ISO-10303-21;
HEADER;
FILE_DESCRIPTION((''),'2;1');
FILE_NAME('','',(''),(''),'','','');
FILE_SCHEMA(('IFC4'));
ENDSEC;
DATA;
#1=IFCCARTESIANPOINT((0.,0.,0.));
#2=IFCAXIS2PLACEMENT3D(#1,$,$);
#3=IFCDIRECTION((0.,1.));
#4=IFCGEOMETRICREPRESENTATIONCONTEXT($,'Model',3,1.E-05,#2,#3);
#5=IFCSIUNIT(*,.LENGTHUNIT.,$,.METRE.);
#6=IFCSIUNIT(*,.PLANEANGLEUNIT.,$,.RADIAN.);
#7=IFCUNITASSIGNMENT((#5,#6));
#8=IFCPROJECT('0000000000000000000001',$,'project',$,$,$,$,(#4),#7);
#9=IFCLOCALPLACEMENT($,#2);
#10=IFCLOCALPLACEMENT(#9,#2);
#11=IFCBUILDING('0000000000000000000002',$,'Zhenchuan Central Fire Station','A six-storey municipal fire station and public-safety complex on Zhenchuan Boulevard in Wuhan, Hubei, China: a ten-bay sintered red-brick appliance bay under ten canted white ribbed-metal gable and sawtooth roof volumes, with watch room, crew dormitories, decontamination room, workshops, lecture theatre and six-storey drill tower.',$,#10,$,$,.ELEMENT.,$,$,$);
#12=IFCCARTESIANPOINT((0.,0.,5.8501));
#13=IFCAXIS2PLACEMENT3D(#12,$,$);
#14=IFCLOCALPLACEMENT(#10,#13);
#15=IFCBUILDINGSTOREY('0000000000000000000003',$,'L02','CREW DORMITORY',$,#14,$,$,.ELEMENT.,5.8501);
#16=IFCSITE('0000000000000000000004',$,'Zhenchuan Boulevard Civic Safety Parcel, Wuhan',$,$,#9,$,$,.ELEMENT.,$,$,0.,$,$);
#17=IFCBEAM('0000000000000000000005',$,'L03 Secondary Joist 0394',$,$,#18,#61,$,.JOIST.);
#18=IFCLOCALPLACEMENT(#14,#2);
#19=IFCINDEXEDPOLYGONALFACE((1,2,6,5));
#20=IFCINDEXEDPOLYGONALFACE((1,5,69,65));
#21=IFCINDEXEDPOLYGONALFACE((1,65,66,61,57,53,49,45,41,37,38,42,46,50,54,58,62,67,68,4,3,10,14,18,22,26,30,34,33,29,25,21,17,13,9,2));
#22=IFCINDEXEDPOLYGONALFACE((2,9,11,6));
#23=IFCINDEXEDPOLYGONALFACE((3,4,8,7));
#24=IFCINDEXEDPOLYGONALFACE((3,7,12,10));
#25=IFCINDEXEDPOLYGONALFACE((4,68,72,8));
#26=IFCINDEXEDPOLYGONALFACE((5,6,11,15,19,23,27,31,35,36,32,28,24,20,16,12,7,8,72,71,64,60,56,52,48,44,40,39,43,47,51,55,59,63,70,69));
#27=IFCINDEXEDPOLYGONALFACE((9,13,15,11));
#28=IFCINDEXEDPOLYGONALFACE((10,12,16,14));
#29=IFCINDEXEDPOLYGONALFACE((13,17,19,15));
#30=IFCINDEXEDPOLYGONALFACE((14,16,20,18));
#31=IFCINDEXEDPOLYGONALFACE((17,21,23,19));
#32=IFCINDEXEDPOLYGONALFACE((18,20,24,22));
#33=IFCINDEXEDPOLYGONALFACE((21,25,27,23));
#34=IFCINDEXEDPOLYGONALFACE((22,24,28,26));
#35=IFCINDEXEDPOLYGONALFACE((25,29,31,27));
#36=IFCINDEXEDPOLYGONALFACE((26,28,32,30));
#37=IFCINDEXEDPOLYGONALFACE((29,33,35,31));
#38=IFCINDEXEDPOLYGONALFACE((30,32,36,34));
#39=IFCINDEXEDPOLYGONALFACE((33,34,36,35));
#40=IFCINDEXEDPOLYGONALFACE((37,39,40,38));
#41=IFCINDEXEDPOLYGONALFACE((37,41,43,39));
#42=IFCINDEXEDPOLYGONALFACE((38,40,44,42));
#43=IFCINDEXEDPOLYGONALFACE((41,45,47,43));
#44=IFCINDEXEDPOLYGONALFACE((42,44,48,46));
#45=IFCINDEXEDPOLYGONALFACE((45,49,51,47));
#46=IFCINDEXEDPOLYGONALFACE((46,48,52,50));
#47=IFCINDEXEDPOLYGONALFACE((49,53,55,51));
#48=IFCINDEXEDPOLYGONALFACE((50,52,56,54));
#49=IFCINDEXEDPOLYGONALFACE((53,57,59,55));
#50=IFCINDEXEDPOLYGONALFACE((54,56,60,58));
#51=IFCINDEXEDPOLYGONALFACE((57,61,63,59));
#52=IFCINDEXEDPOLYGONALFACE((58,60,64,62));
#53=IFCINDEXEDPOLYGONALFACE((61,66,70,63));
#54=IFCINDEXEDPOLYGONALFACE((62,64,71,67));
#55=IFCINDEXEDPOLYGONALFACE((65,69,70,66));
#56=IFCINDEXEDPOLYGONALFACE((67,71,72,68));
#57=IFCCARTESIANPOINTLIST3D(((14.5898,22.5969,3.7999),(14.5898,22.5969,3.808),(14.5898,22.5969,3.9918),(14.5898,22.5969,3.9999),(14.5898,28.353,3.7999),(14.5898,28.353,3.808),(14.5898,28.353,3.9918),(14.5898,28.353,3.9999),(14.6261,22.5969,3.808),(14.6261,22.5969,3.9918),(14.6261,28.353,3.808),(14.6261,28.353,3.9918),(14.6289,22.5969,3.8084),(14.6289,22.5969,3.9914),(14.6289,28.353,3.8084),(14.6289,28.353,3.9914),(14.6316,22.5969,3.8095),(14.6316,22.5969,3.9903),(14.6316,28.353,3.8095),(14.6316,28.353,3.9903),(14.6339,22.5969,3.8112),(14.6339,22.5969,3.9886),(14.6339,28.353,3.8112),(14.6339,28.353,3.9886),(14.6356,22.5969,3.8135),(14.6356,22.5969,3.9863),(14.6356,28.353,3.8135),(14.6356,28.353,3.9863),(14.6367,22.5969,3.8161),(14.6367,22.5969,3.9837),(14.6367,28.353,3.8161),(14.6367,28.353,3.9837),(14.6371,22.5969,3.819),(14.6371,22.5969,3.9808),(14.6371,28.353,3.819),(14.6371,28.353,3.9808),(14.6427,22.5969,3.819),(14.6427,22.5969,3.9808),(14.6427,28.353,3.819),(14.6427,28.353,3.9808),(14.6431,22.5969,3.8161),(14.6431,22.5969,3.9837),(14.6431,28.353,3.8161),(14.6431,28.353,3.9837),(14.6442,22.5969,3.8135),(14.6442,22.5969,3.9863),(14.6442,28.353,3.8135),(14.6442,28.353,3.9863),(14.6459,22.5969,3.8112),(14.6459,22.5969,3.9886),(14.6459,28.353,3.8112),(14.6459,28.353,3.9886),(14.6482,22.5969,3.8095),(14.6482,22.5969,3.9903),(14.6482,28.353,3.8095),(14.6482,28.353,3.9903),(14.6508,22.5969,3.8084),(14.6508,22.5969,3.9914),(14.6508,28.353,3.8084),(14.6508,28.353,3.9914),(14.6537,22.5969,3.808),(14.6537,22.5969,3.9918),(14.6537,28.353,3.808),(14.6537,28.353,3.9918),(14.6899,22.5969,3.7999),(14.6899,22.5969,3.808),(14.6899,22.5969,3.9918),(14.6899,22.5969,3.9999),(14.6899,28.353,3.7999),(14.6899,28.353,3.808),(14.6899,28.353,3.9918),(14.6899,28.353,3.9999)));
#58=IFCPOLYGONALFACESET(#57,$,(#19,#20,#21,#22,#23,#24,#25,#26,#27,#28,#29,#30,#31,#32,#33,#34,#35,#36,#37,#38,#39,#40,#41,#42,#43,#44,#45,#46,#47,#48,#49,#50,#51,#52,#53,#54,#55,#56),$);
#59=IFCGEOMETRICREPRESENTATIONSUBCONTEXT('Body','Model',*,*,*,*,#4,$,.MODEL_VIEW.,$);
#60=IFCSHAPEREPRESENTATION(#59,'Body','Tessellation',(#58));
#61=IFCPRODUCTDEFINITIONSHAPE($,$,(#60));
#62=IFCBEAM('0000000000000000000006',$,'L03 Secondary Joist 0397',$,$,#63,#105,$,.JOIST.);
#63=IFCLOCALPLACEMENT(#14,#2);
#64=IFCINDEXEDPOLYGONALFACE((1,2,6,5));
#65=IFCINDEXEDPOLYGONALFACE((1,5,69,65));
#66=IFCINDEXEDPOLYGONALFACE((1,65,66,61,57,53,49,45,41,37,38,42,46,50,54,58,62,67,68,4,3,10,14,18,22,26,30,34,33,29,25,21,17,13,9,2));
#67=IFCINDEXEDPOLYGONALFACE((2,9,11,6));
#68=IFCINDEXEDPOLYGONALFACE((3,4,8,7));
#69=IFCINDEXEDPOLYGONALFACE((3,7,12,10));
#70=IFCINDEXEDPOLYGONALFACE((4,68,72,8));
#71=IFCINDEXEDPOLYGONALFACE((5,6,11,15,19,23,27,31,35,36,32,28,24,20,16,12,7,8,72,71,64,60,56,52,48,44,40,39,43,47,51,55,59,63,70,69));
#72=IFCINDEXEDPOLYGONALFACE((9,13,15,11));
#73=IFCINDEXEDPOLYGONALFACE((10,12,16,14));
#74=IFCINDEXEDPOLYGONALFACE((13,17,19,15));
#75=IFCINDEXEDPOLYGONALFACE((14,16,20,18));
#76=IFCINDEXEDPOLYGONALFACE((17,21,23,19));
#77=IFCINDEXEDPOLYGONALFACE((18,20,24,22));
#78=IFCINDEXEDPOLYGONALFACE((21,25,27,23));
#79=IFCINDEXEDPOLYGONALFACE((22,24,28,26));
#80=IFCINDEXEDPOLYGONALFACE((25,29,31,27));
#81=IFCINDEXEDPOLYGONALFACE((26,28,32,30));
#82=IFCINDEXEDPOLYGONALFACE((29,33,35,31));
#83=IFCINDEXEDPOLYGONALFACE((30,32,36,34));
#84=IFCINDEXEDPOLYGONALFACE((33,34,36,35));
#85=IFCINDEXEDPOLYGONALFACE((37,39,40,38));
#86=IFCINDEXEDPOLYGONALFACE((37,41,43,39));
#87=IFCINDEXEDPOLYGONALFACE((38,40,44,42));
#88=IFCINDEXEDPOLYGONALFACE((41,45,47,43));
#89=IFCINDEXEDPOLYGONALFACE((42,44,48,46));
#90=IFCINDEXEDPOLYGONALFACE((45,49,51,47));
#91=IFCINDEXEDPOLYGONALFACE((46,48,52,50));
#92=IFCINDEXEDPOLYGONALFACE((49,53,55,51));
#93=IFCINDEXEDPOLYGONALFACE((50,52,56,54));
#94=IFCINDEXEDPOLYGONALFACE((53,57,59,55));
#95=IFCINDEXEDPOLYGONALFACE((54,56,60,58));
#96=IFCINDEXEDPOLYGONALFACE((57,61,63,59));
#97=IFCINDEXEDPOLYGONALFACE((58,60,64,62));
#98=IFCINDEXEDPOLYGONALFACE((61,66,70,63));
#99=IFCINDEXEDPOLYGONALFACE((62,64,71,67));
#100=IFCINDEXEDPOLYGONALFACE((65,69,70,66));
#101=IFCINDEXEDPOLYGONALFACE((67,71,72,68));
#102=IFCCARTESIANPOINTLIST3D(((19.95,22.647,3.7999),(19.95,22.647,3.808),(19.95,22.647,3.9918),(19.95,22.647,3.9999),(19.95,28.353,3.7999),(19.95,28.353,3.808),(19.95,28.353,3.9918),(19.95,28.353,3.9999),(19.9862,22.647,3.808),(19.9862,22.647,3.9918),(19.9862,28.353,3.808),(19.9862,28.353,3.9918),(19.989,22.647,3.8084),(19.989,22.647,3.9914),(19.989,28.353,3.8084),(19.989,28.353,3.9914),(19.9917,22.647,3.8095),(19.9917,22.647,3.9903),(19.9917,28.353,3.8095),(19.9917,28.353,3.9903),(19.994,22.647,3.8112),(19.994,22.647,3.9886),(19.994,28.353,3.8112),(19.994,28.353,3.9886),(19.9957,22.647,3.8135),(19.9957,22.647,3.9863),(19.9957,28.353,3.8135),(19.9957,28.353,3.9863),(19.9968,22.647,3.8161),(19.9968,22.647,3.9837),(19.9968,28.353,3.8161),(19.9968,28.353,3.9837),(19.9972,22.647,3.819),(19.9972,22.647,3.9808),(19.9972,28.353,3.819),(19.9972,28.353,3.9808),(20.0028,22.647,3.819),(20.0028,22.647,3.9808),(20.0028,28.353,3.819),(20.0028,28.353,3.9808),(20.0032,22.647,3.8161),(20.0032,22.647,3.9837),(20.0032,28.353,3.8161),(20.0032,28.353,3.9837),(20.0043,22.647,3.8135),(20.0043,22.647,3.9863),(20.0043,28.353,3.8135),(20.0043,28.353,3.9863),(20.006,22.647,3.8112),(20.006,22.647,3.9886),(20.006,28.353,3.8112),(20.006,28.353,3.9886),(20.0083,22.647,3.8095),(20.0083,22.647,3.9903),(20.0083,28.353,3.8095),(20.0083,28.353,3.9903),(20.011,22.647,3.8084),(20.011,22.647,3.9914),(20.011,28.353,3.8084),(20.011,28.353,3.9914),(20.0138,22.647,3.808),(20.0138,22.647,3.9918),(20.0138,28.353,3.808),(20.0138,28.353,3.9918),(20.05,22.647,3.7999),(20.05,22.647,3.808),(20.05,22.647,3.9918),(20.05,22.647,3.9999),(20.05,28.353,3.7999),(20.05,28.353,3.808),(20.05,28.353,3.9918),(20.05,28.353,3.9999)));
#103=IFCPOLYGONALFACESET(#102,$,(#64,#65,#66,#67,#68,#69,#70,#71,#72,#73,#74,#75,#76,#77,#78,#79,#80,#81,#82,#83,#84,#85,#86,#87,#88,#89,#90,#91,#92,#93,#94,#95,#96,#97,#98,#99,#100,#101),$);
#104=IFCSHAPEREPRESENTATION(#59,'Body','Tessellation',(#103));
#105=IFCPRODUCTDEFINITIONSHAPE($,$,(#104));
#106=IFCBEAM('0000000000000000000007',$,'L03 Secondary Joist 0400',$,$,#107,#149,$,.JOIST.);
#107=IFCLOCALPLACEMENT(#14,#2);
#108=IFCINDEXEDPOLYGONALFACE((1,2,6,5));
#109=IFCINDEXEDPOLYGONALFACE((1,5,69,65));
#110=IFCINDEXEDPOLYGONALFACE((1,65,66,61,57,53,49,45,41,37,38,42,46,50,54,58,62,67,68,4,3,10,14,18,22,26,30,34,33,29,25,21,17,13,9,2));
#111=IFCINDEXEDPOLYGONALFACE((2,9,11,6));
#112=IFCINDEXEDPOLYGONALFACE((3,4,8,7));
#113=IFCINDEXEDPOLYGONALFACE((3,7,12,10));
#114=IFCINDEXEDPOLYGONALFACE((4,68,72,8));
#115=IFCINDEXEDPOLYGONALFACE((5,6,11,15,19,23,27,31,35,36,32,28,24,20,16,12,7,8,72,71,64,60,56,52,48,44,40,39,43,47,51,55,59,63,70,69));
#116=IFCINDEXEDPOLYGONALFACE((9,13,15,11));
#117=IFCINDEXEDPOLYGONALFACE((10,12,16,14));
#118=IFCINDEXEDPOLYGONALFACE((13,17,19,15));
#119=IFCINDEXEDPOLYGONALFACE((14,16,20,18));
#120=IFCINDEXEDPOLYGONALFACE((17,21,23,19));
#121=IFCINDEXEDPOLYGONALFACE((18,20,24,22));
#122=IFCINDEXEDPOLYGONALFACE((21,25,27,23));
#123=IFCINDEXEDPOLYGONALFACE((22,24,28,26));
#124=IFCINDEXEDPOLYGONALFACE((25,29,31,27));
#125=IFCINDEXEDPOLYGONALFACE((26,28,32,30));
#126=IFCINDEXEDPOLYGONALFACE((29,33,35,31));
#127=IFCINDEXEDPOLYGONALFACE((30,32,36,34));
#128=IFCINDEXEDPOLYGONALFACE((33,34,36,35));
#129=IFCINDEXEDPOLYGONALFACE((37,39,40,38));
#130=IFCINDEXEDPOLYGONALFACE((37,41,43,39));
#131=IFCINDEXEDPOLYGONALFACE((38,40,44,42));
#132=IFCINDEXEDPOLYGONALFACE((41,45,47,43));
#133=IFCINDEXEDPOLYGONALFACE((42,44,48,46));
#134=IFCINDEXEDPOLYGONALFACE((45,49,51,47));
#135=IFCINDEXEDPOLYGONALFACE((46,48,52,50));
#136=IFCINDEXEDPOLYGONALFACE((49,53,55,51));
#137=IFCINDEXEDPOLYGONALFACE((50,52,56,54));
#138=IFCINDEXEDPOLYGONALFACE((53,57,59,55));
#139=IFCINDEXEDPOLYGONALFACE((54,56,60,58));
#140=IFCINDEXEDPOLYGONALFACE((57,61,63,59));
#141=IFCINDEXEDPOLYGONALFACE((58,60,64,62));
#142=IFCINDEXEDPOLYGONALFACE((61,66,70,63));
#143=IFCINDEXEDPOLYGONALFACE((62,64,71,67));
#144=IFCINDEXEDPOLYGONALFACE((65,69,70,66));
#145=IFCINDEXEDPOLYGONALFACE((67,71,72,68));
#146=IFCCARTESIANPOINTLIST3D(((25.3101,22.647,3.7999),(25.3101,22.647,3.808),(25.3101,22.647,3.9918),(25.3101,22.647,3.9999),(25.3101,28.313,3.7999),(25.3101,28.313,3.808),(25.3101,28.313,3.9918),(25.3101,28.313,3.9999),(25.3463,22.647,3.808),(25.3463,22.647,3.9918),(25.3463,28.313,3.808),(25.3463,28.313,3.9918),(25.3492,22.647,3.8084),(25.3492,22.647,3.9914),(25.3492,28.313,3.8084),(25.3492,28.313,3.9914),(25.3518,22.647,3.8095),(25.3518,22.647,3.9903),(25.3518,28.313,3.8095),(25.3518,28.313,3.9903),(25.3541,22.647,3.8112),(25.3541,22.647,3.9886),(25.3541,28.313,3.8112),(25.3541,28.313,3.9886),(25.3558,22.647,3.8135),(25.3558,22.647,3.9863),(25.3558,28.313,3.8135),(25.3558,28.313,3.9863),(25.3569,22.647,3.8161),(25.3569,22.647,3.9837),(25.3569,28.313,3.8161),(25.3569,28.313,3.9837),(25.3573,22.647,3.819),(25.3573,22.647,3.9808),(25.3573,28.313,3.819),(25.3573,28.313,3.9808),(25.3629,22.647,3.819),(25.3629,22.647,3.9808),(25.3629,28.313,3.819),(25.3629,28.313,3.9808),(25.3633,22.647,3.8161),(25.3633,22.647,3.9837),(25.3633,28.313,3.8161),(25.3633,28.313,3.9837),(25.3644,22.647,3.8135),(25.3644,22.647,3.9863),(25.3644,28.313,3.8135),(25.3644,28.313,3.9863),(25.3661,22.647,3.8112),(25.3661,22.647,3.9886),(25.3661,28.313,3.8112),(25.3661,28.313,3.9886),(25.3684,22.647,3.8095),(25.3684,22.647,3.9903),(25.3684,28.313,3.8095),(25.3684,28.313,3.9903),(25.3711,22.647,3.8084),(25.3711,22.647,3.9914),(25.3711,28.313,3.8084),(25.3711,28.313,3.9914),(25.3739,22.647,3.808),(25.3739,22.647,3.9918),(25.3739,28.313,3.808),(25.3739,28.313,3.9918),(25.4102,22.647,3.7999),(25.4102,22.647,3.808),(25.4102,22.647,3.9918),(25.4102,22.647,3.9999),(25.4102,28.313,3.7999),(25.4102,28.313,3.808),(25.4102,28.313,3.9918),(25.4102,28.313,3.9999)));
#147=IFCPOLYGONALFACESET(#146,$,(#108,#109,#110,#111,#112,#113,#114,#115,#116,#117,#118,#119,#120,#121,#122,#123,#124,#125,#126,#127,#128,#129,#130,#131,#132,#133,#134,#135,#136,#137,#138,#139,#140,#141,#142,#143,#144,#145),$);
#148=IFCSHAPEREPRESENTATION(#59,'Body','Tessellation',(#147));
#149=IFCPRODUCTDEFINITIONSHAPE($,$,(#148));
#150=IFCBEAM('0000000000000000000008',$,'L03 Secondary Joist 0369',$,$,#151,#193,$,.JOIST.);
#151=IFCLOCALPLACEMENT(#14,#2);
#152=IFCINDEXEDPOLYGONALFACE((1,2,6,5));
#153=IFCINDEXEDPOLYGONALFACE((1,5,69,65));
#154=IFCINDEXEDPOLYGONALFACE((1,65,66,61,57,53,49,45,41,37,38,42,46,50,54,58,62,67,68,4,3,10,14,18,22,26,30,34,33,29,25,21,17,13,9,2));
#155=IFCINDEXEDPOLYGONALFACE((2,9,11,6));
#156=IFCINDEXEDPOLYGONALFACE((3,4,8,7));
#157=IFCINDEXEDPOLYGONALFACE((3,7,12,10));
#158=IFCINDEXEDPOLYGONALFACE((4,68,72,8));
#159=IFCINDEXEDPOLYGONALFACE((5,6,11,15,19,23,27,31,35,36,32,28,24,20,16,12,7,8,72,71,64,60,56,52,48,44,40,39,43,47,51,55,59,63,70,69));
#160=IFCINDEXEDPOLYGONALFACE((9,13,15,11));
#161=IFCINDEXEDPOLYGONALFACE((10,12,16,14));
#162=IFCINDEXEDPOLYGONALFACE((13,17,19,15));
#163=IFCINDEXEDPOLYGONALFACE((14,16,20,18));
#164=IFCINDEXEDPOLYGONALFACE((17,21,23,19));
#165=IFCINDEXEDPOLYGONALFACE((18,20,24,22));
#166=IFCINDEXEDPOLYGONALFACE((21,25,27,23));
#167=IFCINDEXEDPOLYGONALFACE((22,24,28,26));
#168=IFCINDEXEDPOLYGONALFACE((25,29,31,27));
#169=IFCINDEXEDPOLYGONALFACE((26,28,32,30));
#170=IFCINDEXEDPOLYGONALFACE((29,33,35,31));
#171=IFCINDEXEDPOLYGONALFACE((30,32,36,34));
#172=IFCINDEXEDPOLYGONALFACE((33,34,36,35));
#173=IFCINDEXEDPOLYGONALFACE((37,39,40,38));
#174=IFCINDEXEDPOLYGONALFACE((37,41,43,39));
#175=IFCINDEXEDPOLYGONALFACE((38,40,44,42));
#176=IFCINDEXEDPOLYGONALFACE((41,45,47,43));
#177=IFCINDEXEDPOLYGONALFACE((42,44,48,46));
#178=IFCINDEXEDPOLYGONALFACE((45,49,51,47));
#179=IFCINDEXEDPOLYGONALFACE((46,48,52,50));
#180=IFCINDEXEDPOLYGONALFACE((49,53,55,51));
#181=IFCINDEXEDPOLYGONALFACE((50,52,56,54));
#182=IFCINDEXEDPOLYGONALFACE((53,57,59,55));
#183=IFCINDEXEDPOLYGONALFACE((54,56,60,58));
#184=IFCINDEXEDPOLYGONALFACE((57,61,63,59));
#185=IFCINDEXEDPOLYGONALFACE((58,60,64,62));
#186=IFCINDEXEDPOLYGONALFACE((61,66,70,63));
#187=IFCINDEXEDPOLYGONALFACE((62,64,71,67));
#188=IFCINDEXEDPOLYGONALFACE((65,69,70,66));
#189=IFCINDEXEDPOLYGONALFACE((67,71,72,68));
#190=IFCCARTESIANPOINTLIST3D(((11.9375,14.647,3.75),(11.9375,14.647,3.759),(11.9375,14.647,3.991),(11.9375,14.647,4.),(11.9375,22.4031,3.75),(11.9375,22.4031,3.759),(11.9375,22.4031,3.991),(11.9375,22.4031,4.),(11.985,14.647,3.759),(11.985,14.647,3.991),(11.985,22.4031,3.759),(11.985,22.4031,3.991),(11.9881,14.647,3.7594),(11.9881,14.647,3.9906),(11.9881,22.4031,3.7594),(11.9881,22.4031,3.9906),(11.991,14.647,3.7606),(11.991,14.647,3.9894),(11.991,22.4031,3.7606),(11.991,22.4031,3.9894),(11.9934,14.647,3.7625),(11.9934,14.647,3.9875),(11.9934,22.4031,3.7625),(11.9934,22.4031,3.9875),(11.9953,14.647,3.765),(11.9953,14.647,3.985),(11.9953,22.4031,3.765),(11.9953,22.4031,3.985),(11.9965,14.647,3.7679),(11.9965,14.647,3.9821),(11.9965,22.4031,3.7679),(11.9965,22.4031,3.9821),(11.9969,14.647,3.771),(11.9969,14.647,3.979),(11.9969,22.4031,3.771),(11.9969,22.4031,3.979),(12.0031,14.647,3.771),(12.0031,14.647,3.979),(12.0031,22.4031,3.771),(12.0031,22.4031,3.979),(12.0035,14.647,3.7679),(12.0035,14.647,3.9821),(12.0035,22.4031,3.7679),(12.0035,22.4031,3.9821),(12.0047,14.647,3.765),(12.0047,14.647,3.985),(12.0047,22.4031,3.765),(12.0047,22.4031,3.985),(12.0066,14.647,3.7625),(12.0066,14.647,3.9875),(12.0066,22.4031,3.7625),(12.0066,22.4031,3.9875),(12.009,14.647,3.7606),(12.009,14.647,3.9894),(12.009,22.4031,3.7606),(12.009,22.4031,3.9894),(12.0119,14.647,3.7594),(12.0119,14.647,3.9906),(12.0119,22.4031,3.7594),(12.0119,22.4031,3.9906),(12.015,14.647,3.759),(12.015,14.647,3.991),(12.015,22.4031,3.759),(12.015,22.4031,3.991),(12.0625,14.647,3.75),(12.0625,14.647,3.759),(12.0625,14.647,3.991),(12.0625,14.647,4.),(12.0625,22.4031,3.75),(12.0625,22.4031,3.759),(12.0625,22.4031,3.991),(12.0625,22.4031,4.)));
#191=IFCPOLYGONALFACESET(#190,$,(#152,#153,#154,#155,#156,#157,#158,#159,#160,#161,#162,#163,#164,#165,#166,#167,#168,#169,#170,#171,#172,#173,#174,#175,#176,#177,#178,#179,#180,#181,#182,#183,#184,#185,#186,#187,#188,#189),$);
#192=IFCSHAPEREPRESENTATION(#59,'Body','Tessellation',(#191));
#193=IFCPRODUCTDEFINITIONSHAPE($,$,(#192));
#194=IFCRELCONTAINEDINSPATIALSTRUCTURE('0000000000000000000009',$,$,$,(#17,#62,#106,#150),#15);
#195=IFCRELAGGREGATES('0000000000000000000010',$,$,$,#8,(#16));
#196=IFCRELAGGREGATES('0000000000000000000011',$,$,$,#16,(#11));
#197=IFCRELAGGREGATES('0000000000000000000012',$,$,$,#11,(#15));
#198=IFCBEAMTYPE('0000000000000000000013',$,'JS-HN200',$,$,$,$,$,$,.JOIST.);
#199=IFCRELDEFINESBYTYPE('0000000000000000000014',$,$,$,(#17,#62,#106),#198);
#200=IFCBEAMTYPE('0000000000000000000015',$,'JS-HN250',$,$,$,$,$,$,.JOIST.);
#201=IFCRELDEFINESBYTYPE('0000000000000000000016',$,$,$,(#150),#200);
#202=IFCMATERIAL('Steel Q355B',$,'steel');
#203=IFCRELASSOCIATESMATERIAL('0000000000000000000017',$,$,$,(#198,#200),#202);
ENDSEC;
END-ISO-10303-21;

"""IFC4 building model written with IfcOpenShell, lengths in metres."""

from ifc_helpers import new_model, si_unit, direction, frame, origin, origin_2d, place, context, subcontext, project, spatial, i_section, extrude, material, material_profile, profile_set, type_object, element, save


model = new_model("IFC4")

# Units and contexts
model_context = context("Model", 3, precision=1e-05, world=origin(), true_north=direction((0.0, 1.0)))
body_context = subcontext(model_context, "Body", "Model", "MODEL_VIEW")
ifc_project = project(units=[si_unit("LENGTHUNIT", "METRE"), si_unit("PLANEANGLEUNIT", "RADIAN")], contexts=[model_context])

# Site, building, storey
site_placement = place(None, origin())
site = spatial("IfcSite", under=ifc_project, at=site_placement, Name="Zhenchuan Boulevard Civic Safety Parcel, Wuhan", CompositionType="ELEMENT", RefElevation=0.0)
building_placement = place(site_placement, origin())
building = spatial("IfcBuilding", under=site, at=building_placement, Name="Zhenchuan Central Fire Station", Description="A six-storey municipal fire station and public-safety complex on Zhenchuan Boulevard in Wuhan, Hubei, China: a ten-bay sintered red-brick appliance bay under ten canted white ribbed-metal gable and sawtooth roof volumes, with watch room, crew dormitories, decontamination room, workshops, lecture theatre and six-storey drill tower.", CompositionType="ELEMENT")
storey_placement = place(building_placement, frame((0.0, 0.0, 5.8501)))
storey = spatial("IfcBuildingStorey", under=building, at=storey_placement, Name="L02", Description="CREW DORMITORY", CompositionType="ELEMENT", Elevation=5.8501)

# Shared definitions
ifc_material_1 = material(Name="Steel Q355B", Category="steel")

# Beams
ifc_material_profile_1 = material_profile(ifc_material_1, i_section(OverallWidth=0.1001, OverallDepth=0.2, WebThickness=0.0056, FlangeThickness=0.0081, FilletRadius=0.011, at=origin_2d()), Name="HN 200x100")
ifc_profile_set_1 = profile_set([ifc_material_profile_1], Name="Steel Q355B")
beam_type_1 = type_object("IfcBeamType", Name="JS-HN200", PredefinedType="JOIST", material=ifc_profile_set_1)
beam_1_placement = place(storey_placement, frame((14.6399, 22.5969, 3.8999), z_axis=(0.0, 1.0, 0.0), x_axis=(-1.0, 0.0, 0.0)))
element("IfcBeam", 1, at=beam_1_placement, inside=storey, type_object=beam_type_1, Name="L03 Secondary Joist 0394", PredefinedType="JOIST", context=body_context, shape_type="SweptSolid", body=[
    extrude(i_section(OverallWidth=0.1001, OverallDepth=0.2, WebThickness=0.0056, FlangeThickness=0.0081, FilletRadius=0.011, at=origin_2d()), origin(), (0.0, 0.0, 1.0), 5.7561),
])
beam_2_placement = place(storey_placement, frame((20.0, 22.647, 3.8999), z_axis=(0.0, 1.0, 0.0), x_axis=(-1.0, 0.0, 0.0)))
element("IfcBeam", 2, at=beam_2_placement, inside=storey, type_object=beam_type_1, Name="L03 Secondary Joist 0397", PredefinedType="JOIST", context=body_context, shape_type="SweptSolid", body=[
    extrude(i_section(OverallWidth=0.1001, OverallDepth=0.2, WebThickness=0.0056, FlangeThickness=0.0081, FilletRadius=0.011, at=origin_2d()), origin(), (0.0, 0.0, 1.0), 5.7061),
])
beam_3_placement = place(storey_placement, frame((25.3601, 22.647, 3.8999), z_axis=(0.0, 1.0, 0.0), x_axis=(-1.0, 0.0, 0.0)))
element("IfcBeam", 3, at=beam_3_placement, inside=storey, type_object=beam_type_1, Name="L03 Secondary Joist 0400", PredefinedType="JOIST", context=body_context, shape_type="SweptSolid", body=[
    extrude(i_section(OverallWidth=0.1001, OverallDepth=0.2, WebThickness=0.0056, FlangeThickness=0.0081, FilletRadius=0.011, at=origin_2d()), origin(), (0.0, 0.0, 1.0), 5.666),
])
ifc_material_profile_2 = material_profile(ifc_material_1, i_section(OverallWidth=0.125, OverallDepth=0.25, WebThickness=0.0061, FlangeThickness=0.009, FilletRadius=0.012, at=origin_2d()), Name="HN 250x125")
ifc_profile_set_2 = profile_set([ifc_material_profile_2], Name="Steel Q355B")
beam_type_2 = type_object("IfcBeamType", Name="JS-HN250", PredefinedType="JOIST", material=ifc_profile_set_2)
beam_4_placement = place(storey_placement, frame((12.0, 14.647, 3.875), z_axis=(0.0, 1.0, 0.0), x_axis=(-1.0, 0.0, 0.0)))
element("IfcBeam", 4, at=beam_4_placement, inside=storey, type_object=beam_type_2, Name="L03 Secondary Joist 0369", PredefinedType="JOIST", context=body_context, shape_type="SweptSolid", body=[
    extrude(i_section(OverallWidth=0.125, OverallDepth=0.25, WebThickness=0.0061, FlangeThickness=0.009, FilletRadius=0.012, at=origin_2d()), origin(), (0.0, 0.0, 1.0), 7.7561),
])

save(model, "model.ifc")
